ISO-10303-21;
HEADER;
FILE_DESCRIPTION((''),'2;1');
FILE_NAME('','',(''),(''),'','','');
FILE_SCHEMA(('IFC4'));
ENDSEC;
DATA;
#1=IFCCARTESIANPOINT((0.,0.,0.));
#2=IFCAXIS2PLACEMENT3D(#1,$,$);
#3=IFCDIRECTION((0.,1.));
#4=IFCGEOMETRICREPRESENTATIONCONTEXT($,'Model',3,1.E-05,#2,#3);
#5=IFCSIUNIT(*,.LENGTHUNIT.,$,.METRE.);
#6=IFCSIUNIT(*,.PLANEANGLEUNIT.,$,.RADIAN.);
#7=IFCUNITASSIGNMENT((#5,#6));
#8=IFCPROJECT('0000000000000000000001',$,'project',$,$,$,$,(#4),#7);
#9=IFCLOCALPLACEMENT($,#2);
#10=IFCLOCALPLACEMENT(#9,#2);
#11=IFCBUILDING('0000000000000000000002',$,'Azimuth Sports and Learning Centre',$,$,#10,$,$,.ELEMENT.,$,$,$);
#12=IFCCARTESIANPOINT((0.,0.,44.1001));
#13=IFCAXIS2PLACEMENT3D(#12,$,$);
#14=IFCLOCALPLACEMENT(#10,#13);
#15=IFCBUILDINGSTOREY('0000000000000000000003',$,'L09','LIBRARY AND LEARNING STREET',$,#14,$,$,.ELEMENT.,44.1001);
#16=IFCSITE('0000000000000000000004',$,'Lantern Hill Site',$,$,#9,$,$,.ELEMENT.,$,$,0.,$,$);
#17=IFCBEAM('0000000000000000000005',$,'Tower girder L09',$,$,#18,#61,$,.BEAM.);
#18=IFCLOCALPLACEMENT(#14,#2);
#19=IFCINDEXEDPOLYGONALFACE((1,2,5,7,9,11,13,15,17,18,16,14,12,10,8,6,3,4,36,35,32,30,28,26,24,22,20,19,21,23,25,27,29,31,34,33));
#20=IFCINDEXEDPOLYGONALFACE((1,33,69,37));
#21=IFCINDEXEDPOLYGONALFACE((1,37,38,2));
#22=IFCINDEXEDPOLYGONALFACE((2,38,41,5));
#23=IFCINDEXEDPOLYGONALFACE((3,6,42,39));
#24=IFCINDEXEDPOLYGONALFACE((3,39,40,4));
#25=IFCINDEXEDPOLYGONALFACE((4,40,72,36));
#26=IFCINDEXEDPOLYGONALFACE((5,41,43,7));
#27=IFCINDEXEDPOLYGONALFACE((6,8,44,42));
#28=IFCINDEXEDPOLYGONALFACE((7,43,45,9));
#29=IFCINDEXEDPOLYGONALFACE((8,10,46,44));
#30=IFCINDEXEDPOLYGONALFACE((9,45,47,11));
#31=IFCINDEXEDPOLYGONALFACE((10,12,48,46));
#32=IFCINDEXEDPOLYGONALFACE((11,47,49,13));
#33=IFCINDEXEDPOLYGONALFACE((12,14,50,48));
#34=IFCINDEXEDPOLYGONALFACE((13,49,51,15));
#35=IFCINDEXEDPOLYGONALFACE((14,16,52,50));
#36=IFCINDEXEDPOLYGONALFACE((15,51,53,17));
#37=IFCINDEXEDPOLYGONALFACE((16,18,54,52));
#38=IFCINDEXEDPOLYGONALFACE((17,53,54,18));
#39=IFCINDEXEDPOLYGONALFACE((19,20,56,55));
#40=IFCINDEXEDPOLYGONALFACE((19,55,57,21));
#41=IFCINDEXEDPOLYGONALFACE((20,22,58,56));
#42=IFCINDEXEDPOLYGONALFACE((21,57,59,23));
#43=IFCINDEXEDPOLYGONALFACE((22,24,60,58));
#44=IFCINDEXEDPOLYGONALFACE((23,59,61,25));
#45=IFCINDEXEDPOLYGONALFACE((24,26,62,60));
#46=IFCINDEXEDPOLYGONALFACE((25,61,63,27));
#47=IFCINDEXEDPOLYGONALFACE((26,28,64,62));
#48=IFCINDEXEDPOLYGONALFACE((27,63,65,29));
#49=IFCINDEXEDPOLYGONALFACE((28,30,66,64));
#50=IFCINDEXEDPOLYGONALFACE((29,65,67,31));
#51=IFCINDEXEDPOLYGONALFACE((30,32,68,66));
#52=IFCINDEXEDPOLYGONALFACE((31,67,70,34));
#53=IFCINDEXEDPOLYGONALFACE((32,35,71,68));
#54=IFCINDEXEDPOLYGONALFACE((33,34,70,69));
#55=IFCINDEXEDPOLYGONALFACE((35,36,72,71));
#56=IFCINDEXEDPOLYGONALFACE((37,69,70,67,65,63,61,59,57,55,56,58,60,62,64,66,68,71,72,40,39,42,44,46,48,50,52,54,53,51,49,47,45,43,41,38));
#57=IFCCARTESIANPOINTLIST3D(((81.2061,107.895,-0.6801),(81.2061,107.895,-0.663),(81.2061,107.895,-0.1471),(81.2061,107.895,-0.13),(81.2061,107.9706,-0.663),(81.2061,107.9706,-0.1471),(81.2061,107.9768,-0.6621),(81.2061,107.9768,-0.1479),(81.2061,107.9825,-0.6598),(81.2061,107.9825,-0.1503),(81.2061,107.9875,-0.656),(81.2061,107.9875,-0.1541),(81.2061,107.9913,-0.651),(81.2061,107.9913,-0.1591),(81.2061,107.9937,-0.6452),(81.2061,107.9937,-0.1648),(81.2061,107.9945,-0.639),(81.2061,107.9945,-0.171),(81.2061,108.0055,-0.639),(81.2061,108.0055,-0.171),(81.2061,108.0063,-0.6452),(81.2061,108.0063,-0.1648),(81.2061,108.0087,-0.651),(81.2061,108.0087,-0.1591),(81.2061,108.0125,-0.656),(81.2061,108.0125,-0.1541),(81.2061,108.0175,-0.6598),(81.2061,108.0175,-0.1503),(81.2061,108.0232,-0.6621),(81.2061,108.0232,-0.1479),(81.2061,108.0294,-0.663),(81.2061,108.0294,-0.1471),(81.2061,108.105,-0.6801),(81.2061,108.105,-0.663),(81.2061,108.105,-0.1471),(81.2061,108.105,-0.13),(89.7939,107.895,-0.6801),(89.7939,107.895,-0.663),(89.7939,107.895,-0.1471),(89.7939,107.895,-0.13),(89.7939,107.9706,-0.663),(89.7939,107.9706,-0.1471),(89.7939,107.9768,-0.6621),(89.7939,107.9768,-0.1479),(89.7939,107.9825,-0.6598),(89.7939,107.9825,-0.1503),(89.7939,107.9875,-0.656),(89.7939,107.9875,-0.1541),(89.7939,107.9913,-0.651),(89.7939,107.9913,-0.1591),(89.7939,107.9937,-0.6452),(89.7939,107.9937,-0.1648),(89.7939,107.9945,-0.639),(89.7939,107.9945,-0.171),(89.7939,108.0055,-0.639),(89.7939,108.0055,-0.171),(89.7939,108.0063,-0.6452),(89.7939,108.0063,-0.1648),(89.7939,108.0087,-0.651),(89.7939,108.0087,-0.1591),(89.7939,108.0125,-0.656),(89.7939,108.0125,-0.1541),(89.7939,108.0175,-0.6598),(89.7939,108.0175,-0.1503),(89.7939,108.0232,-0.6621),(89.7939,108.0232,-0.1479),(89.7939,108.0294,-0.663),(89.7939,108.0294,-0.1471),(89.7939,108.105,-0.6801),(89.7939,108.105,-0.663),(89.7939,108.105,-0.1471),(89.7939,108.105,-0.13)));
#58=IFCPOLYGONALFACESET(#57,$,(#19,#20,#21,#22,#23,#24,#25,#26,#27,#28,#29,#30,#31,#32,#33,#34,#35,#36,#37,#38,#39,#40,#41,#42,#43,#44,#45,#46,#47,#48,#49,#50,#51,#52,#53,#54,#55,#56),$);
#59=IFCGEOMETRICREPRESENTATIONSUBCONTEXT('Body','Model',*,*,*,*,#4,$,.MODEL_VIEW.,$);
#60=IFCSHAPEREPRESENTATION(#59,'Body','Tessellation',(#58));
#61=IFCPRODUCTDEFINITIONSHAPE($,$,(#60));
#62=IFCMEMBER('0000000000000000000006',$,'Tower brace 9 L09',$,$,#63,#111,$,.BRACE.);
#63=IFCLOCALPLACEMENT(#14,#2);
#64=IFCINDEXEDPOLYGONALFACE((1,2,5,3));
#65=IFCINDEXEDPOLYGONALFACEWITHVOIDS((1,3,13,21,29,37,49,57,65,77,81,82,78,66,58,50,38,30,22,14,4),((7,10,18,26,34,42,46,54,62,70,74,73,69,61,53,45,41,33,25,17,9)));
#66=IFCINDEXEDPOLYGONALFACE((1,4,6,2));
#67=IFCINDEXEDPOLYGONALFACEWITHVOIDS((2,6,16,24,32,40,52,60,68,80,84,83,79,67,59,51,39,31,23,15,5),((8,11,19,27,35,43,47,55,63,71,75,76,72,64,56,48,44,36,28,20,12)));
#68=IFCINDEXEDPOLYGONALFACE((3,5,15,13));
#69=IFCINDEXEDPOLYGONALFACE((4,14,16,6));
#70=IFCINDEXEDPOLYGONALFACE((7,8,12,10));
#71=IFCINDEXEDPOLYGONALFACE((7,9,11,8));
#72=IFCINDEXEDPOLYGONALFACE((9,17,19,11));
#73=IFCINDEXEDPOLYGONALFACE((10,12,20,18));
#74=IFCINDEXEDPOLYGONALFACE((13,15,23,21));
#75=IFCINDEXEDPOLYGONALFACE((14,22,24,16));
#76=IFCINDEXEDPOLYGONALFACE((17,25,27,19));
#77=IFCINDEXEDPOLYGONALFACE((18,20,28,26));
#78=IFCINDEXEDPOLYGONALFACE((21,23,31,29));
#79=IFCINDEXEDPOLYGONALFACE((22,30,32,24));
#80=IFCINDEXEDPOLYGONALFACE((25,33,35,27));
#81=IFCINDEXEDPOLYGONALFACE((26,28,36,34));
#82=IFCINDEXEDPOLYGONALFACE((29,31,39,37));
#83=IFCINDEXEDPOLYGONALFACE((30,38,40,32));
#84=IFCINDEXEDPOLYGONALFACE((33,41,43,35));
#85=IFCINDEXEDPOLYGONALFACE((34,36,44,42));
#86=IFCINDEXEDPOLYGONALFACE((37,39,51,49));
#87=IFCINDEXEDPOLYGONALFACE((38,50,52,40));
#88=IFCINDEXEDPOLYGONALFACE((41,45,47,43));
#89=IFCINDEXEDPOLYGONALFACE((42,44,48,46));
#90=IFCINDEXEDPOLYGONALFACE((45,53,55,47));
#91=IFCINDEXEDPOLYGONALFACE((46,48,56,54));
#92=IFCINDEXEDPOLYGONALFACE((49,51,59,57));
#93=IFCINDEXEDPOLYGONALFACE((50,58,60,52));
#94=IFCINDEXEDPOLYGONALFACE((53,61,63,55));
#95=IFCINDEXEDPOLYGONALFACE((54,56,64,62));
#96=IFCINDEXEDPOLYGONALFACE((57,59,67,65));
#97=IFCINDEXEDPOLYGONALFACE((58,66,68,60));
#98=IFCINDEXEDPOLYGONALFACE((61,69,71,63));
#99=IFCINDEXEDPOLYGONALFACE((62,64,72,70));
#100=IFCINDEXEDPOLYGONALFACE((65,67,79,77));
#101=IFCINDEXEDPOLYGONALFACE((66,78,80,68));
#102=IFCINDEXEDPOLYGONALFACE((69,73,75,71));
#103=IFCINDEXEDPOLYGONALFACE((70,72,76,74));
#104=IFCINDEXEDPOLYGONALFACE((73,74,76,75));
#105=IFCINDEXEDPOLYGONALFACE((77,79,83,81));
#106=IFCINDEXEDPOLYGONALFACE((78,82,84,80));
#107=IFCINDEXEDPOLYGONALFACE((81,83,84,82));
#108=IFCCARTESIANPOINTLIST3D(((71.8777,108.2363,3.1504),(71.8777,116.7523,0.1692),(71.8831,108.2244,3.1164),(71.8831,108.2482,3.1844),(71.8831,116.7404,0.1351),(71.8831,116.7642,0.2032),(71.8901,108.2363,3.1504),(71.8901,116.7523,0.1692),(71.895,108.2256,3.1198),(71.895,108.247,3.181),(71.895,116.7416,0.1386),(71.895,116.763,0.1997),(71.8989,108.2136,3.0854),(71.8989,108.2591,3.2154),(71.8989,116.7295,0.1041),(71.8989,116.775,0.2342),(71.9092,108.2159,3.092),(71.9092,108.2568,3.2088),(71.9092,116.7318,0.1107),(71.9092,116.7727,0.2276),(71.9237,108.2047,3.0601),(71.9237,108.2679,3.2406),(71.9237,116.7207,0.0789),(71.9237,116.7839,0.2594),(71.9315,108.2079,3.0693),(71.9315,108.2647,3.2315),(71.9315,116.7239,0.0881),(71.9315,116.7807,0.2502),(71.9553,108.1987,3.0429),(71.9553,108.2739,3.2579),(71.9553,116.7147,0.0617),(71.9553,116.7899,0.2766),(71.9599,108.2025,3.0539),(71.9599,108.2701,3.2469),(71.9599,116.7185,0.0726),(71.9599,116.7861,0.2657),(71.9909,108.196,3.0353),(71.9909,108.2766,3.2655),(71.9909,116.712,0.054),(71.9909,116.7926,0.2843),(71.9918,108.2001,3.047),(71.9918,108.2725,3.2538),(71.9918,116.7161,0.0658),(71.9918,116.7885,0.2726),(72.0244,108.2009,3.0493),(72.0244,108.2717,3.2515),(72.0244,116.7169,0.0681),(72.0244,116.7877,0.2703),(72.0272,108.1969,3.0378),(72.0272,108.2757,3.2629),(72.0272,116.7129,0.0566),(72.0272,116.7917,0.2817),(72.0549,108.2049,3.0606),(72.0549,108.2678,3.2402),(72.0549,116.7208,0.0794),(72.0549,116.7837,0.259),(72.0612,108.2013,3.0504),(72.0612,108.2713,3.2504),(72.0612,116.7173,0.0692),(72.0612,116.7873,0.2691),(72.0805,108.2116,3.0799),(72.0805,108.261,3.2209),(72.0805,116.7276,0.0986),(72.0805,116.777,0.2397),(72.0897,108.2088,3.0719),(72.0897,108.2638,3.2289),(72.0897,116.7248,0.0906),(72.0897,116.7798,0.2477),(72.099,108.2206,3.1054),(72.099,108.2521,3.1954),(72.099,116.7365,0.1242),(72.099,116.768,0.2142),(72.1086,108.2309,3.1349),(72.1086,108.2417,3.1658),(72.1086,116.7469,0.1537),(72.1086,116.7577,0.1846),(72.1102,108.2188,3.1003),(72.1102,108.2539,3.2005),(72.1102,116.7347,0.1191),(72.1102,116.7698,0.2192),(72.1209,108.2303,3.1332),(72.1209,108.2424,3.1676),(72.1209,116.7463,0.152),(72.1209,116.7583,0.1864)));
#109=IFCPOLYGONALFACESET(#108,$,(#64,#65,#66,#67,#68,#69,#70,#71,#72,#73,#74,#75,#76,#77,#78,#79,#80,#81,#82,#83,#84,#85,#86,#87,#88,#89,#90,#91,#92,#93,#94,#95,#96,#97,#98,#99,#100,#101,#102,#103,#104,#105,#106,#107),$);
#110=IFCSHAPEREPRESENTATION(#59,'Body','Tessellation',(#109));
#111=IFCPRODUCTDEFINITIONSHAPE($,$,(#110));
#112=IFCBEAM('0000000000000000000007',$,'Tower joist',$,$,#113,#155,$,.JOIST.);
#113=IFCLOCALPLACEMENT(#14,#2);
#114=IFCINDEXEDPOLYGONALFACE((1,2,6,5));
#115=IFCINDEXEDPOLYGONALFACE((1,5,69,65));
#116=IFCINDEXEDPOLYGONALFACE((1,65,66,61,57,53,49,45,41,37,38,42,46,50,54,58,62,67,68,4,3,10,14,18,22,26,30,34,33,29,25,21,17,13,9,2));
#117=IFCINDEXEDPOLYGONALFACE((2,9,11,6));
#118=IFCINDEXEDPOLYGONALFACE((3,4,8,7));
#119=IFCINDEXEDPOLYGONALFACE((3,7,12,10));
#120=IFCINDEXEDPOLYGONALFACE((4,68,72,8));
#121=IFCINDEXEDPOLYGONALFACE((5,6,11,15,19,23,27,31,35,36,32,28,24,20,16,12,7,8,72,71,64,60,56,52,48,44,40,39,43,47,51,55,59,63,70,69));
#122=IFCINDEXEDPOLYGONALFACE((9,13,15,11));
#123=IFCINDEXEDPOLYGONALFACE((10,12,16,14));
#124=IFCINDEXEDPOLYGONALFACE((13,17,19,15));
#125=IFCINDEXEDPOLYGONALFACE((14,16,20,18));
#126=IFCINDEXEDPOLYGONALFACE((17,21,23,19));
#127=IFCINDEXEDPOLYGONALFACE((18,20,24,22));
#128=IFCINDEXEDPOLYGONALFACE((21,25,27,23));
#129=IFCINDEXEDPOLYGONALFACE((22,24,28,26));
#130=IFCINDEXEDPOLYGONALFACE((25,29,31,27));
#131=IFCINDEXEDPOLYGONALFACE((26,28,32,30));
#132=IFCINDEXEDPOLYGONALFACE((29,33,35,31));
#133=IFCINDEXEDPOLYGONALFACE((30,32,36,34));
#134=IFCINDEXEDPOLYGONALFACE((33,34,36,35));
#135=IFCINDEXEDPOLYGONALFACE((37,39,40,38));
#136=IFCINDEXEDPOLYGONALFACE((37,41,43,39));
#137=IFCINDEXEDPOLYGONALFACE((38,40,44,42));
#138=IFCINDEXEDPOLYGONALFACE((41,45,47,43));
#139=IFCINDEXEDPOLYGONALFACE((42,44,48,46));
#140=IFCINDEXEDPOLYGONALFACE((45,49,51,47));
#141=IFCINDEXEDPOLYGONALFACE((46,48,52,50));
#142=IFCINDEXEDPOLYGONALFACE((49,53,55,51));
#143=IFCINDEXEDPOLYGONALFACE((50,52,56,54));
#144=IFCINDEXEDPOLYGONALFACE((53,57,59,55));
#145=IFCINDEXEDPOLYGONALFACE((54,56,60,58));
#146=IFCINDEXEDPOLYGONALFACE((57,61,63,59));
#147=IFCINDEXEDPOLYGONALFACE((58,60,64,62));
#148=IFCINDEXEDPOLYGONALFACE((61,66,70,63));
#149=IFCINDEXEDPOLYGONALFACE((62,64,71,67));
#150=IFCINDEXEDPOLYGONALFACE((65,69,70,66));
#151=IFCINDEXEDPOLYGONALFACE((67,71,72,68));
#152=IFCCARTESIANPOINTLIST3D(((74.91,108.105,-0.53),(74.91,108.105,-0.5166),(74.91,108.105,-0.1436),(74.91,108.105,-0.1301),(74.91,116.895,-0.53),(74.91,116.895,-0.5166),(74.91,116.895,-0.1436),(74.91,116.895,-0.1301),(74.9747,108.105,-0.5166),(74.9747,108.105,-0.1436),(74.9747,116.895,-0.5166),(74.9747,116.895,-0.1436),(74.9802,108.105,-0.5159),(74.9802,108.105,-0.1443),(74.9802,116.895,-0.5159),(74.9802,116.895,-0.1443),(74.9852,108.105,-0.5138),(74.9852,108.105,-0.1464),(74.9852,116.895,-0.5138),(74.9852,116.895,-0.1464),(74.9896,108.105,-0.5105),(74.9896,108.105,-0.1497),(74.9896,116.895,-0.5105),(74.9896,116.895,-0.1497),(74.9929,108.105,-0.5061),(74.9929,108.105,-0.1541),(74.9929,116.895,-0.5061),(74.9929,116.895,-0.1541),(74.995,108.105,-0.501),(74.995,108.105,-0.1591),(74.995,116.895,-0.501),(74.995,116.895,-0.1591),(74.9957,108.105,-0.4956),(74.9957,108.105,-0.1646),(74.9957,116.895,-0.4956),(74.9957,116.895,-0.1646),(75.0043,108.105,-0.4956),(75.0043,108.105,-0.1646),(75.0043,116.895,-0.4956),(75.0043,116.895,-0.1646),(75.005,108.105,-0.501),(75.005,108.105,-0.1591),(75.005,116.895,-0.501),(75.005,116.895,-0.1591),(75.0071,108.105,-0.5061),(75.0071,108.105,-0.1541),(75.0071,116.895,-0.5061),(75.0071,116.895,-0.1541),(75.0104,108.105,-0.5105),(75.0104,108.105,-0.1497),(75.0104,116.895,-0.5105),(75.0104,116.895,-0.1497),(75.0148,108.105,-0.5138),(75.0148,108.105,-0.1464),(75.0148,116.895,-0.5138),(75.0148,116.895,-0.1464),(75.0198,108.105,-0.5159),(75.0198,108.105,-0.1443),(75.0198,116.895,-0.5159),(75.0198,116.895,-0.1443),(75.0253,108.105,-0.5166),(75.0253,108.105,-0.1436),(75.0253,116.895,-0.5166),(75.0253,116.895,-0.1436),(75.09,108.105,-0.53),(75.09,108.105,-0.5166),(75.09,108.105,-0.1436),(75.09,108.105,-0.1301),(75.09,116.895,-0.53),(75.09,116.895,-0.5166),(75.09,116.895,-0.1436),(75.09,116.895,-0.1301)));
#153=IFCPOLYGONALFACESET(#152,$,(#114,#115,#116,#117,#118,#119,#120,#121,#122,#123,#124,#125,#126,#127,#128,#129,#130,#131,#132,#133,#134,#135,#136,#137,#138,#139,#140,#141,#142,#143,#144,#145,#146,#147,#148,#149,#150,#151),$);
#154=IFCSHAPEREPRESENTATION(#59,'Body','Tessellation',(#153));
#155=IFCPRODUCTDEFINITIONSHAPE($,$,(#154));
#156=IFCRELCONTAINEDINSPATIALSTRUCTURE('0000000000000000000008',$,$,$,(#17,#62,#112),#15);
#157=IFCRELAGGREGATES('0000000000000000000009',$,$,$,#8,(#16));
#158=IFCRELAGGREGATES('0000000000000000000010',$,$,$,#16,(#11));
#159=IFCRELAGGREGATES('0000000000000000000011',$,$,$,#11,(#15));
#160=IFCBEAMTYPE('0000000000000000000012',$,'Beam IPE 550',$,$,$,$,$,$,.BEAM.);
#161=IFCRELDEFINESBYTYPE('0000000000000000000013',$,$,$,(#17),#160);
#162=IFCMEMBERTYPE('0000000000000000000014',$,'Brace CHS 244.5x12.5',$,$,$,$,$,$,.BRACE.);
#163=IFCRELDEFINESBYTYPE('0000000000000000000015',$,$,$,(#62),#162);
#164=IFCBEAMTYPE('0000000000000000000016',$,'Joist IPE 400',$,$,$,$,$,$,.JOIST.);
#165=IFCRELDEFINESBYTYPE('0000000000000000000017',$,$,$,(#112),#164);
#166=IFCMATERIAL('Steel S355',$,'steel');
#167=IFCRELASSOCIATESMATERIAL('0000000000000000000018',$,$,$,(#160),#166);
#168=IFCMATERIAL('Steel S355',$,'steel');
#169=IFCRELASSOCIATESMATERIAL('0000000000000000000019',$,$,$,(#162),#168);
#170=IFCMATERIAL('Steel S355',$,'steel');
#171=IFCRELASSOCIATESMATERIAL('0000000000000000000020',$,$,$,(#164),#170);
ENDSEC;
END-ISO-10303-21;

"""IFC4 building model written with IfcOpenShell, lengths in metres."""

from ifc_helpers import new_model, si_unit, direction, frame, origin, origin_2d, place, context, subcontext, project, spatial, hollow_circle, i_section, extrude, material, material_profile, profile_set, type_object, element, save


model = new_model("IFC4")

# Units and contexts
model_context = context("Model", 3, precision=1e-05, world=origin(), true_north=direction((0.0, 1.0)))
body_context = subcontext(model_context, "Body", "Model", "MODEL_VIEW")
ifc_project = project(units=[si_unit("LENGTHUNIT", "METRE"), si_unit("PLANEANGLEUNIT", "RADIAN")], contexts=[model_context])

# Site, building, storey
site_placement = place(None, origin())
site = spatial("IfcSite", under=ifc_project, at=site_placement, Name="Lantern Hill Site", CompositionType="ELEMENT", RefElevation=0.0)
building_placement = place(site_placement, origin())
building = spatial("IfcBuilding", under=site, at=building_placement, Name="Azimuth Sports and Learning Centre", CompositionType="ELEMENT")
storey_placement = place(building_placement, frame((0.0, 0.0, 44.1001)))
storey = spatial("IfcBuildingStorey", under=building, at=storey_placement, Name="L09", Description="LIBRARY AND LEARNING STREET", CompositionType="ELEMENT", Elevation=44.1001)

# Beam
ifc_material_1 = material(Name="Steel S355", Category="steel")
ifc_material_profile_1 = material_profile(ifc_material_1, i_section(OverallWidth=0.21, OverallDepth=0.55, WebThickness=0.011, FlangeThickness=0.0171, FilletRadius=0.0239, at=origin_2d()), Name="IPE 550")
ifc_profile_set_1 = profile_set([ifc_material_profile_1], Name="Steel S355")
beam_type_1 = type_object("IfcBeamType", Name="Beam IPE 550", PredefinedType="BEAM", material=ifc_profile_set_1)
for number, where, z_axis, x_axis, name in (
    (1, (81.2061, 108.0, -0.405), (1.0, 0.0, 0.0), (0.0, 1.0, 0.0), "Tower girder L09"),
):
    element("IfcBeam", number, at=place(storey_placement, frame(where, z_axis=z_axis, x_axis=x_axis)), inside=storey, type_object=beam_type_1, Name=name, PredefinedType="BEAM", context=body_context, shape_type="SweptSolid", body=[
        extrude(i_section(OverallWidth=0.21, OverallDepth=0.55, WebThickness=0.011, FlangeThickness=0.0171, FilletRadius=0.0239, at=origin_2d()), origin(), (0.0, 0.0, 1.0), 8.5879),
    ])

# Member
ifc_material_2 = material(Name="Steel S355", Category="steel")
ifc_material_profile_2 = material_profile(ifc_material_2, hollow_circle(Radius=0.1223, WallThickness=0.0125, at=origin_2d()), Name="CHS 244.5x12.5")
ifc_profile_set_2 = profile_set([ifc_material_profile_2], Name="Steel S355")
member_type = type_object("IfcMemberType", Name="Brace CHS 244.5x12.5", PredefinedType="BRACE", material=ifc_profile_set_2)
member_placement = place(storey_placement, frame((72.0, 108.2363, 3.1504), z_axis=(0.0, 0.943836, -0.330414), x_axis=(-1.0, 0.0, 0.0)))
element("IfcMember", 2, at=member_placement, inside=storey, type_object=member_type, Name="Tower brace 9 L09", PredefinedType="BRACE", context=body_context, shape_type="SweptSolid", body=[
    extrude(hollow_circle(Radius=0.1223, WallThickness=0.0125, at=origin_2d()), origin(), (0.0, 0.0, 1.0), 9.0227),
])

# Beam
ifc_material_3 = material(Name="Steel S355", Category="steel")
ifc_material_profile_3 = material_profile(ifc_material_3, i_section(OverallWidth=0.1799, OverallDepth=0.3999, WebThickness=0.0085, FlangeThickness=0.0134, FilletRadius=0.021, at=origin_2d()), Name="IPE 400")
ifc_profile_set_3 = profile_set([ifc_material_profile_3], Name="Steel S355")
beam_type_2 = type_object("IfcBeamType", Name="Joist IPE 400", PredefinedType="JOIST", material=ifc_profile_set_3)
for number, where, z_axis, x_axis, name in (
    (3, (75.0, 108.105, -0.3301), (0.0, 1.0, 0.0), (-1.0, 0.0, 0.0), "Tower joist"),
):
    element("IfcBeam", number, at=place(storey_placement, frame(where, z_axis=z_axis, x_axis=x_axis)), inside=storey, type_object=beam_type_2, Name=name, PredefinedType="JOIST", context=body_context, shape_type="SweptSolid", body=[
        extrude(i_section(OverallWidth=0.1799, OverallDepth=0.3999, WebThickness=0.0085, FlangeThickness=0.0134, FilletRadius=0.021, at=origin_2d()), origin(), (0.0, 0.0, 1.0), 8.79),
    ])

save(model, "model.ifc")
